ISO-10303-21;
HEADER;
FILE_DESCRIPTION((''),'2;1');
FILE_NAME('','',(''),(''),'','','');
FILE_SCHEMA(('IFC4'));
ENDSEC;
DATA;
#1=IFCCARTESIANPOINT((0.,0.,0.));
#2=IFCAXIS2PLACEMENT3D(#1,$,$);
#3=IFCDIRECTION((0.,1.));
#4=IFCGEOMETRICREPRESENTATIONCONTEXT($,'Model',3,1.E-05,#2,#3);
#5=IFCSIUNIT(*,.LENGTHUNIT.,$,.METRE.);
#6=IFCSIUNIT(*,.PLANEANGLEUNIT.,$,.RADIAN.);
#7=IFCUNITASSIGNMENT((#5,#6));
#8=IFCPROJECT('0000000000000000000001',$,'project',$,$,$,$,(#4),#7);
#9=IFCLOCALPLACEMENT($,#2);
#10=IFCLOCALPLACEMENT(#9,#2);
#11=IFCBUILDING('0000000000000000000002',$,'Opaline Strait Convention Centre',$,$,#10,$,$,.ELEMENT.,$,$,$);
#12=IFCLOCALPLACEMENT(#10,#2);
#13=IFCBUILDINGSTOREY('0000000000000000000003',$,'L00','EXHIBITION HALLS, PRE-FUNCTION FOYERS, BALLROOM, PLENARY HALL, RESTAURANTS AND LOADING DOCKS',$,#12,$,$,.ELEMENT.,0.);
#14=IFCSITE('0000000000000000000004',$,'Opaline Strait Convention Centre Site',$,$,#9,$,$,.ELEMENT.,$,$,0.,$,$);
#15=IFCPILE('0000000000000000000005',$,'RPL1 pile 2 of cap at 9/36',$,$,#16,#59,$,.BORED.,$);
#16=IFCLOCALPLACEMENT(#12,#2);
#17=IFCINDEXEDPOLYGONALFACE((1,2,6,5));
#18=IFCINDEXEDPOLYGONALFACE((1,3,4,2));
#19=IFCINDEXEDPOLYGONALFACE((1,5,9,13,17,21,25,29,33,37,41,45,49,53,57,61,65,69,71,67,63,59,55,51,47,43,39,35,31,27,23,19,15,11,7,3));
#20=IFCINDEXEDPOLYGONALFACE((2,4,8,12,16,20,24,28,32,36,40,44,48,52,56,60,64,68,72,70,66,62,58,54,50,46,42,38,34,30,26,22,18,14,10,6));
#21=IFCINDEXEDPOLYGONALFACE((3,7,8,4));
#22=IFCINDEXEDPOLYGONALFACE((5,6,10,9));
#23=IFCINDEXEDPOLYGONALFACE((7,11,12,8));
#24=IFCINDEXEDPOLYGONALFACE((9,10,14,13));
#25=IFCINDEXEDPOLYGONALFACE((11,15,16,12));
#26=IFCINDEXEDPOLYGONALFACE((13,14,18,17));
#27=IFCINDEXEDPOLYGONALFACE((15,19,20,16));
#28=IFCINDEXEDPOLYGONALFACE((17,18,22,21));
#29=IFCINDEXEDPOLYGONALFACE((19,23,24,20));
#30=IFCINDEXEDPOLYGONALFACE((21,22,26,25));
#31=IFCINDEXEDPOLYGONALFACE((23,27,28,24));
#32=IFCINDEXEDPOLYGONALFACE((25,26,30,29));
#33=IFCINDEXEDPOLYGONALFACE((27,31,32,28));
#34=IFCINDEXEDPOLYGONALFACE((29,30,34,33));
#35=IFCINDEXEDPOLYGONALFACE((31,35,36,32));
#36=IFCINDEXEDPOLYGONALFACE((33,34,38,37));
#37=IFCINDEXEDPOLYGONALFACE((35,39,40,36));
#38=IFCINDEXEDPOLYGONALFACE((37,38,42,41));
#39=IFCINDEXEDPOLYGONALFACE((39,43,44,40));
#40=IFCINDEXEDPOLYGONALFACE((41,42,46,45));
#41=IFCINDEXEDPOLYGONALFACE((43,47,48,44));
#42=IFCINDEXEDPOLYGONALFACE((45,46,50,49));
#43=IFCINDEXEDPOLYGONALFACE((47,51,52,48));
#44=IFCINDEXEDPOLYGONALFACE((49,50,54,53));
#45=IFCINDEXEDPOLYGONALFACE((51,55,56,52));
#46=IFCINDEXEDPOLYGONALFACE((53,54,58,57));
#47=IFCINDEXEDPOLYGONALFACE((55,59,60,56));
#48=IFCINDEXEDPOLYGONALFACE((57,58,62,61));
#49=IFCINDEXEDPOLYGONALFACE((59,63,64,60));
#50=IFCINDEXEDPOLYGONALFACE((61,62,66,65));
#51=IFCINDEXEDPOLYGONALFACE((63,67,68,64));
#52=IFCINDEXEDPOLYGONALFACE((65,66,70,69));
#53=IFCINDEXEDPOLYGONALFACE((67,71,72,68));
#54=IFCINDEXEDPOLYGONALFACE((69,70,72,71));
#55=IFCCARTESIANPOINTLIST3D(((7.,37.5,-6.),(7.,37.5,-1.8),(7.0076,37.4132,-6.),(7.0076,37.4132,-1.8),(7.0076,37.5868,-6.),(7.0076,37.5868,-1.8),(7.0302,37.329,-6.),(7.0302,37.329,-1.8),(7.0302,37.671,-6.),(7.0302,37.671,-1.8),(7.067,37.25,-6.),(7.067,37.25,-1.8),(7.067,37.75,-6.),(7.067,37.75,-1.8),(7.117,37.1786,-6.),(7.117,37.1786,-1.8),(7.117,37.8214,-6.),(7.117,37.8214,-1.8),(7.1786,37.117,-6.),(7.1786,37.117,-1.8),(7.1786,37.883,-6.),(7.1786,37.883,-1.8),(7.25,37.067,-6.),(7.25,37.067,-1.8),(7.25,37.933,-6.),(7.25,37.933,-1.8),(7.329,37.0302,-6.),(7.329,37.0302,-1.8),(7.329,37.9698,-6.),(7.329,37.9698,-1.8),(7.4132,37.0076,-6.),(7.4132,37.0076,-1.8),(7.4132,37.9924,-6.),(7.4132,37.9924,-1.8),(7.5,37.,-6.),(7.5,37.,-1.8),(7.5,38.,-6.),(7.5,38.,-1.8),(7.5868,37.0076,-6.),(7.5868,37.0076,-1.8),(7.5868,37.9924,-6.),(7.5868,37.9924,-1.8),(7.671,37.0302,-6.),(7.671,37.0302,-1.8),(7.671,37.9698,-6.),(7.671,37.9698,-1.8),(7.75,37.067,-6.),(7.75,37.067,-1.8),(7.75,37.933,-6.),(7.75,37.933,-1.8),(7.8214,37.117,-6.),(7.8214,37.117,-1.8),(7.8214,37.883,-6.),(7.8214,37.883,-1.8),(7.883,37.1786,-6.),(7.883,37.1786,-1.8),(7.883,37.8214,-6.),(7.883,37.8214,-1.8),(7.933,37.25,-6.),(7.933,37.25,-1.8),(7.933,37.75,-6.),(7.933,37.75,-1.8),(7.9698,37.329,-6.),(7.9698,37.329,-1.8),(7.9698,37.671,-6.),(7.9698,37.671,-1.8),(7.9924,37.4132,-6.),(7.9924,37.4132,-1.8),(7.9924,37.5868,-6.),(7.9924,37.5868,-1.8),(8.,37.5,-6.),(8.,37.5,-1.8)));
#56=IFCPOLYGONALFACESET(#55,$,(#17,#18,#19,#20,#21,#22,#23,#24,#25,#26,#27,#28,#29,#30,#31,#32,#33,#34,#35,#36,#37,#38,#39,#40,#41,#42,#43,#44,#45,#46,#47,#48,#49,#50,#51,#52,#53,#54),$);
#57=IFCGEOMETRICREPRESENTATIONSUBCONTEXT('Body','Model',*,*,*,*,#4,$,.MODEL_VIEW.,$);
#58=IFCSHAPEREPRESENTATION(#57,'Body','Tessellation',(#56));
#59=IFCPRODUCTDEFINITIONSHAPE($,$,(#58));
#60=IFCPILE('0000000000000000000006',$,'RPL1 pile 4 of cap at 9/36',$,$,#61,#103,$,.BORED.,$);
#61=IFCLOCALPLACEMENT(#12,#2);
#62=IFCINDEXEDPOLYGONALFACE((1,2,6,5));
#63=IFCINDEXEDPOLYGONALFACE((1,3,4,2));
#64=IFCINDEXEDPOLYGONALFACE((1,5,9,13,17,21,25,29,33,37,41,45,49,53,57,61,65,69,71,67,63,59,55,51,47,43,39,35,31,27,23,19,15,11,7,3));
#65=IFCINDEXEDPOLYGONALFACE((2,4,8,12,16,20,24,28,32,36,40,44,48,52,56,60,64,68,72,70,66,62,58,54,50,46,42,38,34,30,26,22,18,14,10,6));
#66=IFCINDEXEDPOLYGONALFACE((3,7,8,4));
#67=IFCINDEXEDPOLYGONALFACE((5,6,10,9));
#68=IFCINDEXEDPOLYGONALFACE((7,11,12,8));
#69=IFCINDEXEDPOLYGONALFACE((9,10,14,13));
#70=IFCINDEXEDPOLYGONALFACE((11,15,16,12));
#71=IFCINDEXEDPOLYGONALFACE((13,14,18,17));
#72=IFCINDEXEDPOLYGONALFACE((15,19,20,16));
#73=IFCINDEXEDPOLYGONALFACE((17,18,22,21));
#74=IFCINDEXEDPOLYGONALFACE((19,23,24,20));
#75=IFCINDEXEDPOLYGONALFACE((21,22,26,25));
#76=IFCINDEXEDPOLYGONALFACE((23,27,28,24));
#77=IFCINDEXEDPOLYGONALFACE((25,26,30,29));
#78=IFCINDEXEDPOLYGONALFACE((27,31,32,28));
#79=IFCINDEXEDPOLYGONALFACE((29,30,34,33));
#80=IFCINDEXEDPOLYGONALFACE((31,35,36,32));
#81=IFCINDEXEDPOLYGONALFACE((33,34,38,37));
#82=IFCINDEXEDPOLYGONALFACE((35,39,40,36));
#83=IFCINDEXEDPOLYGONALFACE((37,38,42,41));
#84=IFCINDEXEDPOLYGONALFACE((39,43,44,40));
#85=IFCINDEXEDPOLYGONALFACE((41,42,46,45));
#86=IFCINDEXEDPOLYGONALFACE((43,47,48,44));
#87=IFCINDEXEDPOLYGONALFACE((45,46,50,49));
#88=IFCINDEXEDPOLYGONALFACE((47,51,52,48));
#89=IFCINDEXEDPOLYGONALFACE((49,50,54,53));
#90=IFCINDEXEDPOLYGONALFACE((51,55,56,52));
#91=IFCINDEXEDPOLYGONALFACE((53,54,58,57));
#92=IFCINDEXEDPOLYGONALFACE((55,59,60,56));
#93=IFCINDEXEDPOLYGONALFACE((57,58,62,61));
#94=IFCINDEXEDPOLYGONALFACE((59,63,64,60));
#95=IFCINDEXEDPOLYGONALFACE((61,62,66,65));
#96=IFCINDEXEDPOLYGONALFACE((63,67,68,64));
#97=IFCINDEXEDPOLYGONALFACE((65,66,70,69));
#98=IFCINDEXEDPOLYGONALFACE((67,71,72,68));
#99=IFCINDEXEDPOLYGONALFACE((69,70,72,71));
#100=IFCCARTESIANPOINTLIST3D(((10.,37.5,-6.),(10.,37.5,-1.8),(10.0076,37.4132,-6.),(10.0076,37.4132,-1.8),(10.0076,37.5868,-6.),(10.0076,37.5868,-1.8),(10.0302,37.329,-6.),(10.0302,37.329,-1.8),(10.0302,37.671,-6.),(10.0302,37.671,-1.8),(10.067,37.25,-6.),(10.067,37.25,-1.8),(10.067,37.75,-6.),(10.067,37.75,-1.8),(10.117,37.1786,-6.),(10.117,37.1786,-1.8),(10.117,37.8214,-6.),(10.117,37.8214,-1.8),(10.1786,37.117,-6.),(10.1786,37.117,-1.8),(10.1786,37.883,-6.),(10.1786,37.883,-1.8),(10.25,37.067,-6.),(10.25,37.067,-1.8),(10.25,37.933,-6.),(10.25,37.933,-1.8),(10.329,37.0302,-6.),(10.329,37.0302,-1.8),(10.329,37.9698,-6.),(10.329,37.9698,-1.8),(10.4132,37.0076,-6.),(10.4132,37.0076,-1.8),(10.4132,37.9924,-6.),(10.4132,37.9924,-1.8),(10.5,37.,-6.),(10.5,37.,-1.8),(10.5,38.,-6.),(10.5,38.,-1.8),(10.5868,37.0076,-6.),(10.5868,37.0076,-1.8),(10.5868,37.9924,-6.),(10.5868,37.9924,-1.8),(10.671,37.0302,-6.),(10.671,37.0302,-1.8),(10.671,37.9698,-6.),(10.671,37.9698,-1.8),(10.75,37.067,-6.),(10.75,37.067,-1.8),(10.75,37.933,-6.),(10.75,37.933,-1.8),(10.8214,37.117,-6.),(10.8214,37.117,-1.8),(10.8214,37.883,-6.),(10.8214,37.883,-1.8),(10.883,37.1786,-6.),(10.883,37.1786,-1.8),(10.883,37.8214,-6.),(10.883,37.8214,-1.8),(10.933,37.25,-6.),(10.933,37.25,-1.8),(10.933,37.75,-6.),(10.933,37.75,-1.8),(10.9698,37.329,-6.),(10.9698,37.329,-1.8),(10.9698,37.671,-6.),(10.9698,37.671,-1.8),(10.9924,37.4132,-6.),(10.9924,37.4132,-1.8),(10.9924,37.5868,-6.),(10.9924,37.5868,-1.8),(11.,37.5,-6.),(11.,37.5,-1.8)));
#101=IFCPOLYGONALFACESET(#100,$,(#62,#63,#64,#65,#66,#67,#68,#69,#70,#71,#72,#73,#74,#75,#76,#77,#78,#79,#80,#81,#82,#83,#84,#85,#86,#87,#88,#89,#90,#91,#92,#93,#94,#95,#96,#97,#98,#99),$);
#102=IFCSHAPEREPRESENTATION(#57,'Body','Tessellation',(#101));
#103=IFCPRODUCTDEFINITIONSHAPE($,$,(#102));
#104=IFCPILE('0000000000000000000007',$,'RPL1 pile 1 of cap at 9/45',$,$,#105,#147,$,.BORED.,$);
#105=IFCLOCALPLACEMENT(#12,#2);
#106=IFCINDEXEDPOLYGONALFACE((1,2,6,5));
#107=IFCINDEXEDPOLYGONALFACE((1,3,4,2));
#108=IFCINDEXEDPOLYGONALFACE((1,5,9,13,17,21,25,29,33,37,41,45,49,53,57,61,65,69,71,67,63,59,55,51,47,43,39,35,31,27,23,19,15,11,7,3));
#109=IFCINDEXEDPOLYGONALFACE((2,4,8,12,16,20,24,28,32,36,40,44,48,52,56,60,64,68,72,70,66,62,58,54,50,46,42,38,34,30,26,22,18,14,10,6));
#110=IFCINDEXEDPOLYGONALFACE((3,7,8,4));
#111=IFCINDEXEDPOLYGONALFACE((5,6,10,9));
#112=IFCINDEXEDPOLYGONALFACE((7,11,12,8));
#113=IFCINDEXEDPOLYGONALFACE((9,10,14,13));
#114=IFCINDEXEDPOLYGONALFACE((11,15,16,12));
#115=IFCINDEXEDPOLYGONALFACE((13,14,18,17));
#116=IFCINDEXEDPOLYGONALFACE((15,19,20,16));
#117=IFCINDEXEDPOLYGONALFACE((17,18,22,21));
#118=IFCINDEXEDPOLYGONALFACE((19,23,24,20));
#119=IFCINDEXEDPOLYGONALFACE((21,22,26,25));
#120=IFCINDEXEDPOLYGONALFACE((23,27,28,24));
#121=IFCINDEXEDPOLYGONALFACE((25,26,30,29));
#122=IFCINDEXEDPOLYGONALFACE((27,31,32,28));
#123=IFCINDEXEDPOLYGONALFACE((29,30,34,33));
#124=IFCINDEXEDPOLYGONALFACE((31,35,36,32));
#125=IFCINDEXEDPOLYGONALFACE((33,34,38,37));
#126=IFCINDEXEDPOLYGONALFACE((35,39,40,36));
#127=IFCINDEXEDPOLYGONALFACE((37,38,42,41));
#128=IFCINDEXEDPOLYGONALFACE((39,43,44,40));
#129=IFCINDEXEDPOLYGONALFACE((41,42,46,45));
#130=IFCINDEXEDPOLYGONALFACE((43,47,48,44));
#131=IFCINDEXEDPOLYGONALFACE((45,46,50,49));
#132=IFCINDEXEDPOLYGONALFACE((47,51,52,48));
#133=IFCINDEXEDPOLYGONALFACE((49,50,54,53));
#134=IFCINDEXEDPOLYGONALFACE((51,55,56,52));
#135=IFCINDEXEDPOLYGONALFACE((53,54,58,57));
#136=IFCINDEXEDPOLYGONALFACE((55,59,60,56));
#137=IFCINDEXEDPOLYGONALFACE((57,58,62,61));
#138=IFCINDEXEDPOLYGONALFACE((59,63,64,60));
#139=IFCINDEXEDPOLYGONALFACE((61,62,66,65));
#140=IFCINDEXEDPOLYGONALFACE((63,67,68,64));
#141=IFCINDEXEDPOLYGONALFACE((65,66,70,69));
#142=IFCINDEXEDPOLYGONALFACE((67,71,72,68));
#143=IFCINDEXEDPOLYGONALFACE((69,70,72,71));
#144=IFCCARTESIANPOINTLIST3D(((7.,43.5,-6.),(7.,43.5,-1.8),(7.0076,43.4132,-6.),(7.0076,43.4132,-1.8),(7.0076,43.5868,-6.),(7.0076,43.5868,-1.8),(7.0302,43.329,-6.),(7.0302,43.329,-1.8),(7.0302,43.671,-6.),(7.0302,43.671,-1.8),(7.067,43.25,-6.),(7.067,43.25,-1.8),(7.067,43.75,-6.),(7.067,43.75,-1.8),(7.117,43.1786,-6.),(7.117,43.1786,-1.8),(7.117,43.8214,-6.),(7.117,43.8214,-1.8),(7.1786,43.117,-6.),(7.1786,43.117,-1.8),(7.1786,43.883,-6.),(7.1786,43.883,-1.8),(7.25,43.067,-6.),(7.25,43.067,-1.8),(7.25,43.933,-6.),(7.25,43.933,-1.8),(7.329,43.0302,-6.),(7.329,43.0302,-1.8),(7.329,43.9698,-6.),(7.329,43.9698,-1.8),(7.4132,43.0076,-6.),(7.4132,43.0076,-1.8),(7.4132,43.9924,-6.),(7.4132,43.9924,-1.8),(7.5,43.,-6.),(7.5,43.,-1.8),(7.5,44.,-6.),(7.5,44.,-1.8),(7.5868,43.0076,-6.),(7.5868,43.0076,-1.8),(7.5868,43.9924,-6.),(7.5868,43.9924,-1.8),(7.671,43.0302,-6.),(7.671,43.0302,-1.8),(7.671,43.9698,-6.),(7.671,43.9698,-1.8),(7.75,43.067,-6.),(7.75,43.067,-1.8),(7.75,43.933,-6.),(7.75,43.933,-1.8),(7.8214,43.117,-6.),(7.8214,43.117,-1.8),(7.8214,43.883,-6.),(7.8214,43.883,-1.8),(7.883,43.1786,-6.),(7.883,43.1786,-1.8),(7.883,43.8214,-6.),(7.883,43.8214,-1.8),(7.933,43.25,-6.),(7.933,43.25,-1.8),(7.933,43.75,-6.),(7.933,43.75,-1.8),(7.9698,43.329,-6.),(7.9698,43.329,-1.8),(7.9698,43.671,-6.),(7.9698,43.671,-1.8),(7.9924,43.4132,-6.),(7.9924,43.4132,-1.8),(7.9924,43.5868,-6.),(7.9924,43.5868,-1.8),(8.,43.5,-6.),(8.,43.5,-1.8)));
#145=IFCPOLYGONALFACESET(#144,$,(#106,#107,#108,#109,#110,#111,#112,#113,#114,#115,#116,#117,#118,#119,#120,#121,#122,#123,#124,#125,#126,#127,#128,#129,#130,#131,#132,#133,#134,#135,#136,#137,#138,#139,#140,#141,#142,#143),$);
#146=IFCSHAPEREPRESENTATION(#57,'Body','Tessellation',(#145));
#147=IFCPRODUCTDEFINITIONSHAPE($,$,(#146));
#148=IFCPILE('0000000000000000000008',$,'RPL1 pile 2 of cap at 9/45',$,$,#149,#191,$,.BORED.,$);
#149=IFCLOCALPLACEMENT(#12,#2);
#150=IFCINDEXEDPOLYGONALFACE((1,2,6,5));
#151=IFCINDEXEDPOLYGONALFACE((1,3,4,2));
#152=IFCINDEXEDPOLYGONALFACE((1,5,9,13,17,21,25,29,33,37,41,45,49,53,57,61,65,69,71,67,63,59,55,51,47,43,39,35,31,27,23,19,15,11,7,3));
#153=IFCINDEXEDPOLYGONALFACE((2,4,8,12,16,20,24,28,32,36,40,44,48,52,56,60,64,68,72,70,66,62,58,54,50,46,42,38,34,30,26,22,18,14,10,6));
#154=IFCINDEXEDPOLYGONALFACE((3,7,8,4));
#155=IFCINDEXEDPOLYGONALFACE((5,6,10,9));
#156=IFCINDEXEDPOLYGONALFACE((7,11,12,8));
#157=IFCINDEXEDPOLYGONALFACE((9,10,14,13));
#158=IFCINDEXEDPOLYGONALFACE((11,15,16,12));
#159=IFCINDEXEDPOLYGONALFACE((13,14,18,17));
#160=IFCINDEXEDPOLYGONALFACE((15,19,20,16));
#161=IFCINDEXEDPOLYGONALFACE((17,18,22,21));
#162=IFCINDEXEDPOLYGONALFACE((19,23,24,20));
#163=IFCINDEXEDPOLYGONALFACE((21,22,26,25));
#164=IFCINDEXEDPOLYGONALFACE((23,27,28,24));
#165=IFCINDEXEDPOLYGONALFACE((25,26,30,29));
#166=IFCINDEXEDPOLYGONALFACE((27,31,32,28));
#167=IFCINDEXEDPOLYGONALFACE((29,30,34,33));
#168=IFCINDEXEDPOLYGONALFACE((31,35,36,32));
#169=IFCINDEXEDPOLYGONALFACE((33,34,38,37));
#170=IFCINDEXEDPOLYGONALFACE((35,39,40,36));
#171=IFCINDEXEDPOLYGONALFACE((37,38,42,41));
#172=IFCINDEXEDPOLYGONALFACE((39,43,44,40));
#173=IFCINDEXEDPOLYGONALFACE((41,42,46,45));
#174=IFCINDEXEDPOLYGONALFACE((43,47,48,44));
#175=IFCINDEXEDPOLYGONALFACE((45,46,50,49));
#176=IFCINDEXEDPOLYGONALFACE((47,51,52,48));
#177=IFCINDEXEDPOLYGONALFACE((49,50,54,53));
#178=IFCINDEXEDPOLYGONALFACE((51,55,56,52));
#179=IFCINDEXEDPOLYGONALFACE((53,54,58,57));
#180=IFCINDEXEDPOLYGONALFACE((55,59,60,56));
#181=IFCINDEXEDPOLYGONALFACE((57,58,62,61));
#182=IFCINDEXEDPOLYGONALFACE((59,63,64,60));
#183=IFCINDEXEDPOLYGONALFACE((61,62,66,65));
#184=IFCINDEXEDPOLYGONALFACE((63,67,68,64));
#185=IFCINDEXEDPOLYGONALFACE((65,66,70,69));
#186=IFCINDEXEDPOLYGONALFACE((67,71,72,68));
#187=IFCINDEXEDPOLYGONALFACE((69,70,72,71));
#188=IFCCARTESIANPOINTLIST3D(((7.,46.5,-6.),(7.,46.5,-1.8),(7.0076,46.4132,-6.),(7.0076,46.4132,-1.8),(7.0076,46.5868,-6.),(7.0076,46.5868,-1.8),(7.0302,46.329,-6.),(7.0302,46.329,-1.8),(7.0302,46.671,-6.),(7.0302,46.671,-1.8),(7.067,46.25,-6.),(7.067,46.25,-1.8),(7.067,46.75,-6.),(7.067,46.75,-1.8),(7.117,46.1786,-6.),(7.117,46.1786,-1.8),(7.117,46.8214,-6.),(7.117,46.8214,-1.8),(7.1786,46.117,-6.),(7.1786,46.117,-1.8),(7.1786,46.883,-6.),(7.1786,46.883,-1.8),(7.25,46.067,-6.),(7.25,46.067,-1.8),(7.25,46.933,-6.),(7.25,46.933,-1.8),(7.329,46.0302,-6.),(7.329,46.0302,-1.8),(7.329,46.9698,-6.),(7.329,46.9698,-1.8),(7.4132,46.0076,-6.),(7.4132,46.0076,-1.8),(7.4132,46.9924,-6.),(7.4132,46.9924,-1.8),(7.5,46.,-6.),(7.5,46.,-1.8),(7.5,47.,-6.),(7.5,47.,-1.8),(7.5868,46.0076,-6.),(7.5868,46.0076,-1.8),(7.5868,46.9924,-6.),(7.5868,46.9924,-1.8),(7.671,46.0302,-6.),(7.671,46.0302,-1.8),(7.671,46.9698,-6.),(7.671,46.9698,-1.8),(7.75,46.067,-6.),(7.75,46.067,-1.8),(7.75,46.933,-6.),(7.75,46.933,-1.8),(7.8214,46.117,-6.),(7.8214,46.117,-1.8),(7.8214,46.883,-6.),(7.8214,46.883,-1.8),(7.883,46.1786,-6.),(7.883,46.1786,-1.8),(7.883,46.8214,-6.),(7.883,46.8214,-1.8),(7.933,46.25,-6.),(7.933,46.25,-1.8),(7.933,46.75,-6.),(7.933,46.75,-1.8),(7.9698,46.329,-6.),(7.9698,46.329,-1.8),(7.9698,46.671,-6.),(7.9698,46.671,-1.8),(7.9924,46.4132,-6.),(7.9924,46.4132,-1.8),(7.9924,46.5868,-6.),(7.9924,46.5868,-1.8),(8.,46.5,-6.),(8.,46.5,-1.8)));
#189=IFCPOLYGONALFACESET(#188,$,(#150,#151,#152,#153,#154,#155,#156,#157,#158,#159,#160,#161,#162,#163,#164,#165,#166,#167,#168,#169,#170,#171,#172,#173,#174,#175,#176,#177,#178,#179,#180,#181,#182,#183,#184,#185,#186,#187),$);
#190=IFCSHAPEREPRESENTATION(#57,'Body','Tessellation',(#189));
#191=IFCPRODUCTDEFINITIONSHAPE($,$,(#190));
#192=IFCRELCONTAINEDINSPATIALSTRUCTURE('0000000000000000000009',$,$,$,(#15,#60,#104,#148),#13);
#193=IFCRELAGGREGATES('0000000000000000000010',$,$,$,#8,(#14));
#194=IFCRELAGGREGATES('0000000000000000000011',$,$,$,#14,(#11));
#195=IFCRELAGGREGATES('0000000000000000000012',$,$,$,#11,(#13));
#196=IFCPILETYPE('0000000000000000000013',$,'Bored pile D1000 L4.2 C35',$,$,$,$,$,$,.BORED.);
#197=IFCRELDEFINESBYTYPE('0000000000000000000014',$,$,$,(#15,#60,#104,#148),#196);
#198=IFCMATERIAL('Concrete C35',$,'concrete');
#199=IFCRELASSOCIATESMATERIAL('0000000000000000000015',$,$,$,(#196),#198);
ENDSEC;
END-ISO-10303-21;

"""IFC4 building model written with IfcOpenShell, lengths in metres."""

from ifc_helpers import new_model, si_unit, direction, frame, origin, origin_2d, place, context, subcontext, project, spatial, circle, extrude, material, material_profile, profile_set, type_object, element, save


model = new_model("IFC4")

# Units and contexts
model_context = context("Model", 3, precision=1e-05, world=origin(), true_north=direction((0.0, 1.0)))
body_context = subcontext(model_context, "Body", "Model", "MODEL_VIEW")
ifc_project = project(units=[si_unit("LENGTHUNIT", "METRE"), si_unit("PLANEANGLEUNIT", "RADIAN")], contexts=[model_context])

# Site, building, storey
site_placement = place(None, origin())
site = spatial("IfcSite", under=ifc_project, at=site_placement, Name="Opaline Strait Convention Centre Site", CompositionType="ELEMENT", RefElevation=0.0)
building_placement = place(site_placement, origin())
building = spatial("IfcBuilding", under=site, at=building_placement, Name="Opaline Strait Convention Centre", CompositionType="ELEMENT")
storey_placement = place(building_placement, origin())
storey = spatial("IfcBuildingStorey", under=building, at=storey_placement, Name="L00", Description="EXHIBITION HALLS, PRE-FUNCTION FOYERS, BALLROOM, PLENARY HALL, RESTAURANTS AND LOADING DOCKS", CompositionType="ELEMENT", Elevation=0.0)

# Piles
ifc_material_1 = material(Name="Concrete C35", Category="concrete")
ifc_material_profile_1 = material_profile(ifc_material_1, circle(Radius=0.5, at=origin_2d()), Name="D1000")
ifc_profile_set_1 = profile_set([ifc_material_profile_1], Name="Concrete C35")
pile_type = type_object("IfcPileType", Name="Bored pile D1000 L4.2 C35", PredefinedType="BORED", material=ifc_profile_set_1)
for number, where, z_axis, x_axis, name in (
    (1, (7.5, 37.5, -1.8), (0.0, 0.0, -1.0), (1.0, 0.0, 0.0), "RPL1 pile 2 of cap at 9/36"),
    (2, (10.5, 37.5, -1.8), (0.0, 0.0, -1.0), (1.0, 0.0, 0.0), "RPL1 pile 4 of cap at 9/36"),
    (3, (7.5, 43.5, -1.8), (0.0, 0.0, -1.0), (1.0, 0.0, 0.0), "RPL1 pile 1 of cap at 9/45"),
    (4, (7.5, 46.5, -1.8), (0.0, 0.0, -1.0), (1.0, 0.0, 0.0), "RPL1 pile 2 of cap at 9/45"),
):
    element("IfcPile", number, at=place(storey_placement, frame(where, z_axis=z_axis, x_axis=x_axis)), inside=storey, type_object=pile_type, Name=name, PredefinedType="BORED", context=body_context, shape_type="SweptSolid", body=[
        extrude(circle(Radius=0.5, at=origin_2d()), origin(), (0.0, 0.0, 1.0), 4.2),
    ])

save(model, "model.ifc")
